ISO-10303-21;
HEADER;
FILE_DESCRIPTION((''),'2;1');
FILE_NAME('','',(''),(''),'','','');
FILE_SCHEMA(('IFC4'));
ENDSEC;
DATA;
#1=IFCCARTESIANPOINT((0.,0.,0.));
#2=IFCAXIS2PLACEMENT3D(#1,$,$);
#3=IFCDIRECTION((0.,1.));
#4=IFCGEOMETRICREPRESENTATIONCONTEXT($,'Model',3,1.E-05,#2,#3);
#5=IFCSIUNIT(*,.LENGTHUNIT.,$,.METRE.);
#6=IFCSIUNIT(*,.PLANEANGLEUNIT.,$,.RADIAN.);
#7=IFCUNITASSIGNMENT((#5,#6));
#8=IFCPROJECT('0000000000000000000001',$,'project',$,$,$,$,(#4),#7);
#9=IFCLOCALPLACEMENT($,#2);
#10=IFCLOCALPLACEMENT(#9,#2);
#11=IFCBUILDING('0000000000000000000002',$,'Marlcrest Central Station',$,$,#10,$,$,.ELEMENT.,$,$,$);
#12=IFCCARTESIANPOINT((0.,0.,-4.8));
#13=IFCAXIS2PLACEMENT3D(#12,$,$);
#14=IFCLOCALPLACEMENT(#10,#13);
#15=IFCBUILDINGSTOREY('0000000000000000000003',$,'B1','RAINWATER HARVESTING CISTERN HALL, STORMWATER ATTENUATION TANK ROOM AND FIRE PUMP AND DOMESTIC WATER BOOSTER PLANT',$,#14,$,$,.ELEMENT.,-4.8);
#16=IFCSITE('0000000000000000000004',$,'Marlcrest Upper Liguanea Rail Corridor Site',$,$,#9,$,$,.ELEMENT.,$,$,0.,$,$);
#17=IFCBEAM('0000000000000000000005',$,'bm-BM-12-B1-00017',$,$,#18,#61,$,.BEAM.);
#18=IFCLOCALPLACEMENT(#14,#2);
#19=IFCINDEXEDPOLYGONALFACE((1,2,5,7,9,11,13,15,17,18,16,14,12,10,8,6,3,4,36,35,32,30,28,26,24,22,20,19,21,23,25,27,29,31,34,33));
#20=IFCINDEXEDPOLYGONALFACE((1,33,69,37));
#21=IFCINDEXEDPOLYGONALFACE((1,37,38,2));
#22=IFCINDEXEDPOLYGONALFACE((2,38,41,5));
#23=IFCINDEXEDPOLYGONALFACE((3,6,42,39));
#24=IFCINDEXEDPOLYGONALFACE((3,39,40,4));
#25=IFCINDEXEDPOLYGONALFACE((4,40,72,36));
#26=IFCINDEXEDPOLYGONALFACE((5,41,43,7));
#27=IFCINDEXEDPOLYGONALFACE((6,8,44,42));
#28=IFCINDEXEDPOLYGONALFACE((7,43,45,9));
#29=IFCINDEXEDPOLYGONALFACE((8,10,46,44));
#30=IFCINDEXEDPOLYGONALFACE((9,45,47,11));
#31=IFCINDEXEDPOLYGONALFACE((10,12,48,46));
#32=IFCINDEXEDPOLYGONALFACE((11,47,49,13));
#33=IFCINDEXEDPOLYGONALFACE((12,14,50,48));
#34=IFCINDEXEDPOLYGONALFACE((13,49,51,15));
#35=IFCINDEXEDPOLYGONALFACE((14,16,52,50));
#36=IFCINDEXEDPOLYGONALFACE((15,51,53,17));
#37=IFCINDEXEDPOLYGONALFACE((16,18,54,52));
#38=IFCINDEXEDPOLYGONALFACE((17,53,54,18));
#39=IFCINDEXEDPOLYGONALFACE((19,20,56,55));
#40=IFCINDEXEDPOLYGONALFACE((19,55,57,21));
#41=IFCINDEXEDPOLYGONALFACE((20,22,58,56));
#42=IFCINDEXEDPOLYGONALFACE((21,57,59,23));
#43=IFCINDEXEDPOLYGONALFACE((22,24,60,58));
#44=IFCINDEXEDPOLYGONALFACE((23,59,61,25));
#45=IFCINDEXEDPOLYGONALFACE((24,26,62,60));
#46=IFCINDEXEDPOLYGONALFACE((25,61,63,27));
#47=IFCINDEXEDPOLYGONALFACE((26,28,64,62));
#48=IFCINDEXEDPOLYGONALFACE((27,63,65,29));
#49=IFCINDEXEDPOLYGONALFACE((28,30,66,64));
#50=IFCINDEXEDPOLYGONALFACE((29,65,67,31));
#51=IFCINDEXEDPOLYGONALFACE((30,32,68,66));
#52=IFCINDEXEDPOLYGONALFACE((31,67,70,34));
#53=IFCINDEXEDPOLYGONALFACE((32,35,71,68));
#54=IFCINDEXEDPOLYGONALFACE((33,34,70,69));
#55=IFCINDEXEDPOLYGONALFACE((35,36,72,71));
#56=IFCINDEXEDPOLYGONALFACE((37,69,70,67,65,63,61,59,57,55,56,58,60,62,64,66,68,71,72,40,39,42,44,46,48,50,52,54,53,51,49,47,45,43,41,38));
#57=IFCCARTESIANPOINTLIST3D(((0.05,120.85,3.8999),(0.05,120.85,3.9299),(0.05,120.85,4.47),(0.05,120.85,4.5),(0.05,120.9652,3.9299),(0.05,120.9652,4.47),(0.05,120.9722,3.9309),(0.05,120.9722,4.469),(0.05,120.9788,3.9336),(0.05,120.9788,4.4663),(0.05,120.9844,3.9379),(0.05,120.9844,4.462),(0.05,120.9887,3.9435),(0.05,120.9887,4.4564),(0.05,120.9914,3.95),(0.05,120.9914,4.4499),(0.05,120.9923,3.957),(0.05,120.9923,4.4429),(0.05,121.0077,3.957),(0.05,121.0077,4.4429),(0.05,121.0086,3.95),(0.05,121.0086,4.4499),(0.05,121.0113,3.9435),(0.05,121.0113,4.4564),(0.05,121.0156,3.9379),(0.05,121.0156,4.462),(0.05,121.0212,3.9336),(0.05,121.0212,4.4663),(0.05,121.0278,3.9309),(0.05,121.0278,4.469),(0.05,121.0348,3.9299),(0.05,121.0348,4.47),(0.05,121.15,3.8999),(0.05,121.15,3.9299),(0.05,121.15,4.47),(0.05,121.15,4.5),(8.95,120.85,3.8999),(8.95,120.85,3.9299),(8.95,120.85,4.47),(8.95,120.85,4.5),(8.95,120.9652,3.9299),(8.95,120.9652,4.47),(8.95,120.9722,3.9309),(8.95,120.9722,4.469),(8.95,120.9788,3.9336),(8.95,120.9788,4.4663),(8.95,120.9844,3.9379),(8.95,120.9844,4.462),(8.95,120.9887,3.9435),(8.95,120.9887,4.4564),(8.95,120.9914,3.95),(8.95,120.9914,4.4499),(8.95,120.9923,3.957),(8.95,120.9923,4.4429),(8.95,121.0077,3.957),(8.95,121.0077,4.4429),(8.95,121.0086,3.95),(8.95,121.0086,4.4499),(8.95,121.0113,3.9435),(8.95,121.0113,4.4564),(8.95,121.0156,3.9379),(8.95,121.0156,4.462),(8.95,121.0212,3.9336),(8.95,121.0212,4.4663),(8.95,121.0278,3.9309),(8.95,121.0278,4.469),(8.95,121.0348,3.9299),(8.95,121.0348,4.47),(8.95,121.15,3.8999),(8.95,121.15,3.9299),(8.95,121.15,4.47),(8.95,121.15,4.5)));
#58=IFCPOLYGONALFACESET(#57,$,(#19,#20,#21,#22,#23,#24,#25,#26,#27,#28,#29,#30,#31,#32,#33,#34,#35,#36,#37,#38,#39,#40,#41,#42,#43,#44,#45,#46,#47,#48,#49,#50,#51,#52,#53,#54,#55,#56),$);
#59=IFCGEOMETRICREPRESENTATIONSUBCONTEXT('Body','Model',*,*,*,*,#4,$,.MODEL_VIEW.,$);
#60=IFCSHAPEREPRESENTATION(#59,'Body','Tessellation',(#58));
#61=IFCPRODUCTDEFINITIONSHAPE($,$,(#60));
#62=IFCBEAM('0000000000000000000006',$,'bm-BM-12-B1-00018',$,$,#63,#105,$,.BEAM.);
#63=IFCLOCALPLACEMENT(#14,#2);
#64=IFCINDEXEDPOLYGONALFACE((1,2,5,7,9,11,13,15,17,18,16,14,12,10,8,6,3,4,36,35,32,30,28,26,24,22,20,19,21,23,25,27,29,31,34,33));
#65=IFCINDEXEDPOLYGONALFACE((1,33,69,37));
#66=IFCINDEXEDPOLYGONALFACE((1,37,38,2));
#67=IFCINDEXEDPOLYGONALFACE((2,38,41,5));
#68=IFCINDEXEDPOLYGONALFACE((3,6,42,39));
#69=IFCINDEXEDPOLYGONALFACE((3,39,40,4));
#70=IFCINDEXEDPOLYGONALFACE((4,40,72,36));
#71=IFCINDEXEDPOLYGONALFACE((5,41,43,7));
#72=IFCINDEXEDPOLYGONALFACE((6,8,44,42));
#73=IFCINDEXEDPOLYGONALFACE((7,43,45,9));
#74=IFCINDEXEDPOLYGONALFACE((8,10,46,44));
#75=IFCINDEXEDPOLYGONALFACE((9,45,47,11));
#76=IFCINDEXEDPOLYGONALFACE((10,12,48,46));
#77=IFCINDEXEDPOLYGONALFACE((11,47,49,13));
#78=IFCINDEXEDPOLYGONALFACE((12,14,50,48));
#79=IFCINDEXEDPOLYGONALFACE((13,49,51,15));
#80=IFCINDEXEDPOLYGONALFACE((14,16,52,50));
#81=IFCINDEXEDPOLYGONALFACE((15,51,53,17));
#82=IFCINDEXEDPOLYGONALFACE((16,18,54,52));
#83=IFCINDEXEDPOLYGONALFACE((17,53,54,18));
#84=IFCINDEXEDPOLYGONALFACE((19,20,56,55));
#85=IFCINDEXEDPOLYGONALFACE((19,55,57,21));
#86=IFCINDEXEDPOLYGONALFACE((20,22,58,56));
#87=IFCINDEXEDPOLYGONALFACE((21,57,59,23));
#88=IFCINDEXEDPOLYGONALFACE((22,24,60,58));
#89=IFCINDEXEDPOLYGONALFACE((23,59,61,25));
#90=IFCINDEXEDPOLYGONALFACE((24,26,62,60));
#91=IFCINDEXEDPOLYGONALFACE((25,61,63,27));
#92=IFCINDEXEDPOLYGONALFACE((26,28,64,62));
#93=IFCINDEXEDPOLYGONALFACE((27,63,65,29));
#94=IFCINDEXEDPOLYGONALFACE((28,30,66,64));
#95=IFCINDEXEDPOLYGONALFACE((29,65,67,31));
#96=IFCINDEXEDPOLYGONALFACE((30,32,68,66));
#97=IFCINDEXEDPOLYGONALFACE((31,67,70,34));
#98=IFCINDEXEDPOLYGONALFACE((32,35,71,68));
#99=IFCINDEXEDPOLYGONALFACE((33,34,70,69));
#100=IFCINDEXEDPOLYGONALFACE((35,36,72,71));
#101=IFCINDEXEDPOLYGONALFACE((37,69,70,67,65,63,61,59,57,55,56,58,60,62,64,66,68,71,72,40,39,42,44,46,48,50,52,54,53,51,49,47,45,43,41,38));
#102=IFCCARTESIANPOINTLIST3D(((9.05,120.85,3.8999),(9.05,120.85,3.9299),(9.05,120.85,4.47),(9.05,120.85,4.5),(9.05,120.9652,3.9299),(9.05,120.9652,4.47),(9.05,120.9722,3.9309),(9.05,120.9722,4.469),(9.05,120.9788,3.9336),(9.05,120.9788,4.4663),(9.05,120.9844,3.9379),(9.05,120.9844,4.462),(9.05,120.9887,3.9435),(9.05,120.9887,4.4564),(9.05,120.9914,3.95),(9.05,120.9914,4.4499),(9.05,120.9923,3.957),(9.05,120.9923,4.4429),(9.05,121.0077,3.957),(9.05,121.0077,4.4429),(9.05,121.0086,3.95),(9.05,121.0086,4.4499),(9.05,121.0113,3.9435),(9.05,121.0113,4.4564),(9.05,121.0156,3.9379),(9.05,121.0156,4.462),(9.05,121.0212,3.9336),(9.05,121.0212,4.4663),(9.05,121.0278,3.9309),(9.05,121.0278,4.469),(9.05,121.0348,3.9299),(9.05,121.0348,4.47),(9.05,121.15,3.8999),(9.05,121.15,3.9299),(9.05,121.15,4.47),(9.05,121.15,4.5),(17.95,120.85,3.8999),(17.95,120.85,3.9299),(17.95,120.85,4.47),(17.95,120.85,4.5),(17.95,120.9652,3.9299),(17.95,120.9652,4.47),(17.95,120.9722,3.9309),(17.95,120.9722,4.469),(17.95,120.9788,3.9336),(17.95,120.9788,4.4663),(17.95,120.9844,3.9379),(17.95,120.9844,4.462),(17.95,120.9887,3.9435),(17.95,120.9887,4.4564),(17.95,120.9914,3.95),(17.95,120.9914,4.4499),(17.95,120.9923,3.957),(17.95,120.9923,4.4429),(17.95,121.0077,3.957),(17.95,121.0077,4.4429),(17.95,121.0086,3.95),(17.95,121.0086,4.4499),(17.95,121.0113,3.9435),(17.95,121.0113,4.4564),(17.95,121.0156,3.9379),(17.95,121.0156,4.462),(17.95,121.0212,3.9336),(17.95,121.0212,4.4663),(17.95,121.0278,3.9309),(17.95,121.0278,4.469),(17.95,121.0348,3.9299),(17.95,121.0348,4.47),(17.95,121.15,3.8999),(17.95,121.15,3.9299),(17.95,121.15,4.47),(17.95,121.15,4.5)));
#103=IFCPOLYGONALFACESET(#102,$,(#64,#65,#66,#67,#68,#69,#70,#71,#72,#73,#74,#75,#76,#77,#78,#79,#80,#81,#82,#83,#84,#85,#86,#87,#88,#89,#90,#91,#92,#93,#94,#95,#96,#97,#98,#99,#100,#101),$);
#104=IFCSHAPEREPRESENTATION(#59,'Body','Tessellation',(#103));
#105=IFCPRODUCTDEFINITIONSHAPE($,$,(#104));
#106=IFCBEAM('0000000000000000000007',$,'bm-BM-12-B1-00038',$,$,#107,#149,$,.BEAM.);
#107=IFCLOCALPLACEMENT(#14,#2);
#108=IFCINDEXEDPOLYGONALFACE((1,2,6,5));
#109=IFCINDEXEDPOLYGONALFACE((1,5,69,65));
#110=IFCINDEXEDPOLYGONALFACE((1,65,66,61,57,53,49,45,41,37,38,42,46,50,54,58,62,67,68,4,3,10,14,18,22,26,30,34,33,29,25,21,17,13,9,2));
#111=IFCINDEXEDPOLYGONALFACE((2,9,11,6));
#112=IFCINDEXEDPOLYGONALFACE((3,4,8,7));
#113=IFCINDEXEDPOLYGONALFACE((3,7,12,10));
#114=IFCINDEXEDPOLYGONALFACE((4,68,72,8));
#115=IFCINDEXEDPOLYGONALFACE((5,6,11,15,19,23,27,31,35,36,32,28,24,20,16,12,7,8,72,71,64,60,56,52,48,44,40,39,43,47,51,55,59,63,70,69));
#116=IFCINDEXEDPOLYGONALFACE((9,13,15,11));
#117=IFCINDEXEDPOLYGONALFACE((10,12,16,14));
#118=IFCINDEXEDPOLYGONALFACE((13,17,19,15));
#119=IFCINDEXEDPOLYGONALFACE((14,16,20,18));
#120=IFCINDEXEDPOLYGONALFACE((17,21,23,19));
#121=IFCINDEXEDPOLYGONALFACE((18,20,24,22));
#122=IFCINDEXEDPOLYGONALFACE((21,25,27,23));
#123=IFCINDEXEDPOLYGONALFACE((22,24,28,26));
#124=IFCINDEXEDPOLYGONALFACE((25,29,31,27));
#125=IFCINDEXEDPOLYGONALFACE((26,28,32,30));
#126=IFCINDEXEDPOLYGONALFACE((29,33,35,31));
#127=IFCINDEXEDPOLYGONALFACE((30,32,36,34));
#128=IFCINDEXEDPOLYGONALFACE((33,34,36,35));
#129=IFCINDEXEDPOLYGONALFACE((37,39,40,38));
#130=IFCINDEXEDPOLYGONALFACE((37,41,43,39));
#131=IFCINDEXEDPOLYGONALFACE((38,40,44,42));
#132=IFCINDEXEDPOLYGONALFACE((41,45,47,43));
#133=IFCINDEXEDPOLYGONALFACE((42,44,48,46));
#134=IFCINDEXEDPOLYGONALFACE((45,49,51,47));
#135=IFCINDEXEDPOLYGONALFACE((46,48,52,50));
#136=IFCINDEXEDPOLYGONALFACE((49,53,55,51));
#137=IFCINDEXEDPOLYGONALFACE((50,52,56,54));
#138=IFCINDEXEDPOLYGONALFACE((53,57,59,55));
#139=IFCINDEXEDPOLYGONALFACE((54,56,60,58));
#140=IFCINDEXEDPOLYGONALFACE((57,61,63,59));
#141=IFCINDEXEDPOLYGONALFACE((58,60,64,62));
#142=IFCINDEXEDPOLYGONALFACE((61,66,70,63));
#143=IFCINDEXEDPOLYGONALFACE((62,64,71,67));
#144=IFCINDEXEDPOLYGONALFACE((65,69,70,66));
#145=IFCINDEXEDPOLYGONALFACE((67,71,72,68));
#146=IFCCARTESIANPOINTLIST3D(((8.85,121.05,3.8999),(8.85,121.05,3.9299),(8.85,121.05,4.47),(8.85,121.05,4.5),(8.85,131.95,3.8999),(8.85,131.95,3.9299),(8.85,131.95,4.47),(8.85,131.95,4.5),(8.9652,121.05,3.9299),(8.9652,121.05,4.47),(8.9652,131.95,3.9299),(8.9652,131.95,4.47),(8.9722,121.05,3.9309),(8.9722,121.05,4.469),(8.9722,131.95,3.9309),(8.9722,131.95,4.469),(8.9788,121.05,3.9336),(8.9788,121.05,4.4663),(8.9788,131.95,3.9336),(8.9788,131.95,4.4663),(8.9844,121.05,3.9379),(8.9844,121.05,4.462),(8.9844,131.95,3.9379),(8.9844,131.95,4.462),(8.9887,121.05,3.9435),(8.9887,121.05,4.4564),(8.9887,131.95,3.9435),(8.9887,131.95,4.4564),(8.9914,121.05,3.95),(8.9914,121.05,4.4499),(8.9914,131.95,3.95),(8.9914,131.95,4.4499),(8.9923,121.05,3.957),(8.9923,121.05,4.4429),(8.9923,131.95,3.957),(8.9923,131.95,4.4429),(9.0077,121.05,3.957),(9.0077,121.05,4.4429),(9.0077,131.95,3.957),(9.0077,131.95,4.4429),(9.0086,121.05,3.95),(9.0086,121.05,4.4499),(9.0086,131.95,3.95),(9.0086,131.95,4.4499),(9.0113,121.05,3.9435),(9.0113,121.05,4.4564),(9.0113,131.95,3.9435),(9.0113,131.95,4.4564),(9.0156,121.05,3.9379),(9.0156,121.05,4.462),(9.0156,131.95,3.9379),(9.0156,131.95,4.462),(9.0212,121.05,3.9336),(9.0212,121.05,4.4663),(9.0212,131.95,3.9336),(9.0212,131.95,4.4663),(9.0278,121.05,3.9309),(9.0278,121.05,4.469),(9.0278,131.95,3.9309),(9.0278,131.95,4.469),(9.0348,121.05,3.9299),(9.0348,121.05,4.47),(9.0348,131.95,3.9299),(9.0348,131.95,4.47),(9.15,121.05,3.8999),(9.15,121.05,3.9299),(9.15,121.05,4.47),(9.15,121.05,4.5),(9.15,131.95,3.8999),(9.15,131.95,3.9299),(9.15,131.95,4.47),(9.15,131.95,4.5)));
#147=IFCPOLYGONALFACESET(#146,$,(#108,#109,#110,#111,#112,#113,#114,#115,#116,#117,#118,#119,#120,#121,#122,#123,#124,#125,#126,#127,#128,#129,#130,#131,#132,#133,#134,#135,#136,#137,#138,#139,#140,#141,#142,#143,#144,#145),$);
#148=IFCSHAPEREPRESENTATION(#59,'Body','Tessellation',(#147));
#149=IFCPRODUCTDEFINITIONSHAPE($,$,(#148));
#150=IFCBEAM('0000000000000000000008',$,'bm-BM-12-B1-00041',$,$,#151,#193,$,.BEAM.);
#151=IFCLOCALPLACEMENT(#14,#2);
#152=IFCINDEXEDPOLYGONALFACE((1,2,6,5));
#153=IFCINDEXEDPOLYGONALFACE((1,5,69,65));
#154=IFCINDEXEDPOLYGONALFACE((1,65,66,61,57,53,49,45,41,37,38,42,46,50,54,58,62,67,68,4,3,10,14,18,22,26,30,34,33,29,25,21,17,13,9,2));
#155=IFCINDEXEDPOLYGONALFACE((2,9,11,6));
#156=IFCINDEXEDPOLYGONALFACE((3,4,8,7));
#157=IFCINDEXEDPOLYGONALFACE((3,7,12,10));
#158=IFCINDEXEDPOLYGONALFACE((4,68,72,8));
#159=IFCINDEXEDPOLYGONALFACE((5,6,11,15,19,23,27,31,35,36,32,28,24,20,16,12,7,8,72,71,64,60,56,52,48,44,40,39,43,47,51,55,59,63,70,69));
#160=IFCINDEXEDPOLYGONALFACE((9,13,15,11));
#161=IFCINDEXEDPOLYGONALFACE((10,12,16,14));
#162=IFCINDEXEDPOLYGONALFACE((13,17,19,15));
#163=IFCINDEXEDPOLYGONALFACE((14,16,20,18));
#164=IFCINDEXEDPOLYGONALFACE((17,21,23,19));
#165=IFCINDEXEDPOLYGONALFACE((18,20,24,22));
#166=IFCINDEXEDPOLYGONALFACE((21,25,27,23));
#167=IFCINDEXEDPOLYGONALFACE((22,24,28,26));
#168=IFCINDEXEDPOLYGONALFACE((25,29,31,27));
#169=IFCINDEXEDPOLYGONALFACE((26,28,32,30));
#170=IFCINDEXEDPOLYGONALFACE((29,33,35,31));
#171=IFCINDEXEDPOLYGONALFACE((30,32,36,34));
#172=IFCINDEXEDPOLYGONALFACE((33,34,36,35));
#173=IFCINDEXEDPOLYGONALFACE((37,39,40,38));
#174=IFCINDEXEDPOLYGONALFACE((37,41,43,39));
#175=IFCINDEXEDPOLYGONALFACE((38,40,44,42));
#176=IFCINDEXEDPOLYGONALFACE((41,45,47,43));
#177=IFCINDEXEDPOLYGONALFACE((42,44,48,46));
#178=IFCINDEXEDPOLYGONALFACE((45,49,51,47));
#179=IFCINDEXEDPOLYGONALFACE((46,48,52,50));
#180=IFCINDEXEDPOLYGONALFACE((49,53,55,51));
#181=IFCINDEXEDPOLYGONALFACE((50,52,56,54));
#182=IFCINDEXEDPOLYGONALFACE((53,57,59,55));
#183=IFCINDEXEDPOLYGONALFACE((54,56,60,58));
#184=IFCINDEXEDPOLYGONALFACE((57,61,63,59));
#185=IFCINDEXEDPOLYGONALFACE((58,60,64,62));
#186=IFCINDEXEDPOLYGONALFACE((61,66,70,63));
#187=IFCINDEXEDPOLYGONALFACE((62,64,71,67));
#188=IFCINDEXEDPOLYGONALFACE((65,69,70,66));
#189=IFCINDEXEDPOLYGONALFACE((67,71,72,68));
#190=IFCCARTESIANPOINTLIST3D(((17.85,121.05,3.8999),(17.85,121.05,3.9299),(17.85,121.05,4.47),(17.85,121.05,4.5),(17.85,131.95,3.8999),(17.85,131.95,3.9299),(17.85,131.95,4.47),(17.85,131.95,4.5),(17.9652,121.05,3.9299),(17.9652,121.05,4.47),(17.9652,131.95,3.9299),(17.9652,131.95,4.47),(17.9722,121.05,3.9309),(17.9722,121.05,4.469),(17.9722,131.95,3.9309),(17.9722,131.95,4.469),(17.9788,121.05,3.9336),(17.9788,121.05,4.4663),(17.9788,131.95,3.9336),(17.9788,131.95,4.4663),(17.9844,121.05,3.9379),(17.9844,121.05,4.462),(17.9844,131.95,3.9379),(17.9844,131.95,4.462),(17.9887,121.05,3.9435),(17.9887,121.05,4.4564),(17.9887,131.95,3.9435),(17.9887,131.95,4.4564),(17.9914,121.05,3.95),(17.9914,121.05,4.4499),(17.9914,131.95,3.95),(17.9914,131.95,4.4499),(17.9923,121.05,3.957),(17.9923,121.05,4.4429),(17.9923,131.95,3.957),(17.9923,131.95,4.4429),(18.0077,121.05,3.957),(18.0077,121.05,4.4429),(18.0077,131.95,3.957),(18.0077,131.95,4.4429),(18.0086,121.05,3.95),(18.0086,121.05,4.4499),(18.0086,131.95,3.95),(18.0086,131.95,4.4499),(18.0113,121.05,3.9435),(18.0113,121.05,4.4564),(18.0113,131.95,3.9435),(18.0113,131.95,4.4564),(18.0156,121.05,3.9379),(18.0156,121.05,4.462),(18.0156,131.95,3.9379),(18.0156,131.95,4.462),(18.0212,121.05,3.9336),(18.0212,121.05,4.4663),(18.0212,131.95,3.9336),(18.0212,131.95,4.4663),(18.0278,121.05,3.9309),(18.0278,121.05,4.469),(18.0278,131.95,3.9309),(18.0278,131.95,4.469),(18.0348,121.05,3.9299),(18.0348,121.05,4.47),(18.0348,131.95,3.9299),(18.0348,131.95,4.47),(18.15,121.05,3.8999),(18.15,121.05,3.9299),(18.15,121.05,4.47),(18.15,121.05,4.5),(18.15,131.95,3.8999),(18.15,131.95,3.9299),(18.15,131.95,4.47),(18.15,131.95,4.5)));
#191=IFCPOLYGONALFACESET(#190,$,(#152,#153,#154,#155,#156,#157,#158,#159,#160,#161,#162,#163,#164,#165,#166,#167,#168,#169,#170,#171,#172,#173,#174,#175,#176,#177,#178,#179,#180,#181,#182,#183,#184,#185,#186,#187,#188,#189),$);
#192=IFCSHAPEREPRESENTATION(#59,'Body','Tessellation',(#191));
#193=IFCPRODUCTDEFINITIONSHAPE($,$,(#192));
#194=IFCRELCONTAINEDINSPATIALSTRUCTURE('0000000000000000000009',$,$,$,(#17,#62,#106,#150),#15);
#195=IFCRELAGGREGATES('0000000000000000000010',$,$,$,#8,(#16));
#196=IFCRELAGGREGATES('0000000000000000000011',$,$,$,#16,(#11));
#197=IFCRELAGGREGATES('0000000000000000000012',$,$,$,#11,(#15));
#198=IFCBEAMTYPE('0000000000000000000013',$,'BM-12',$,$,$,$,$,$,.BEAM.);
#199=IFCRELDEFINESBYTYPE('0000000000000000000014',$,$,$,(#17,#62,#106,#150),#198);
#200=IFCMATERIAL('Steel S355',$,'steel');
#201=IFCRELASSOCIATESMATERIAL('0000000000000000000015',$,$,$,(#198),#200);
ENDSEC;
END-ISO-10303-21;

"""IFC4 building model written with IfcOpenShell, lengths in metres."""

from ifc_helpers import new_model, si_unit, direction, frame, origin, origin_2d, place, context, subcontext, project, spatial, i_section, extrude, material, material_profile, profile_set, type_object, element, save


model = new_model("IFC4")

# Units and contexts
model_context = context("Model", 3, precision=1e-05, world=origin(), true_north=direction((0.0, 1.0)))
body_context = subcontext(model_context, "Body", "Model", "MODEL_VIEW")
ifc_project = project(units=[si_unit("LENGTHUNIT", "METRE"), si_unit("PLANEANGLEUNIT", "RADIAN")], contexts=[model_context])

# Site, building, storey
site_placement = place(None, origin())
site = spatial("IfcSite", under=ifc_project, at=site_placement, Name="Marlcrest Upper Liguanea Rail Corridor Site", CompositionType="ELEMENT", RefElevation=0.0)
building_placement = place(site_placement, origin())
building = spatial("IfcBuilding", under=site, at=building_placement, Name="Marlcrest Central Station", CompositionType="ELEMENT")
storey_placement = place(building_placement, frame((0.0, 0.0, -4.8)))
storey = spatial("IfcBuildingStorey", under=building, at=storey_placement, Name="B1", Description="RAINWATER HARVESTING CISTERN HALL, STORMWATER ATTENUATION TANK ROOM AND FIRE PUMP AND DOMESTIC WATER BOOSTER PLANT", CompositionType="ELEMENT", Elevation=-4.8)

# Shared definitions
ifc_material_1 = material(Name="Steel S355", Category="steel")

# Beams
ifc_material_profile_1 = material_profile(ifc_material_1, i_section(OverallWidth=0.3, OverallDepth=0.6001, WebThickness=0.0154, FlangeThickness=0.03, FilletRadius=0.0271, at=origin_2d()), Name="HEB 600")
ifc_profile_set_1 = profile_set([ifc_material_profile_1], Name="Steel S355")
beam_type_1 = type_object("IfcBeamType", Name="BM-12", PredefinedType="BEAM", material=ifc_profile_set_1)
for number, where, z_axis, x_axis, name in (
    (1, (0.05, 121.0, 4.2), (1.0, 0.0, 0.0), (0.0, 1.0, 0.0), "bm-BM-12-B1-00017"),
    (2, (9.05, 121.0, 4.2), (1.0, 0.0, 0.0), (0.0, 1.0, 0.0), "bm-BM-12-B1-00018"),
):
    element("IfcBeam", number, at=place(storey_placement, frame(where, z_axis=z_axis, x_axis=x_axis)), inside=storey, type_object=beam_type_1, Name=name, PredefinedType="BEAM", context=body_context, shape_type="SweptSolid", body=[
        extrude(i_section(OverallWidth=0.3, OverallDepth=0.6001, WebThickness=0.0154, FlangeThickness=0.03, FilletRadius=0.0271, at=origin_2d()), origin(), (0.0, 0.0, 1.0), 8.8999),
    ])
for number, where, z_axis, x_axis, name in (
    (3, (9.0, 121.05, 4.2), (0.0, 1.0, 0.0), (-1.0, 0.0, 0.0), "bm-BM-12-B1-00038"),
    (4, (18.0, 121.05, 4.2), (0.0, 1.0, 0.0), (-1.0, 0.0, 0.0), "bm-BM-12-B1-00041"),
):
    element("IfcBeam", number, at=place(storey_placement, frame(where, z_axis=z_axis, x_axis=x_axis)), inside=storey, type_object=beam_type_1, Name=name, PredefinedType="BEAM", context=body_context, shape_type="SweptSolid", body=[
        extrude(i_section(OverallWidth=0.3, OverallDepth=0.6001, WebThickness=0.0154, FlangeThickness=0.03, FilletRadius=0.0271, at=origin_2d()), origin(), (0.0, 0.0, 1.0), 10.8999),
    ])

save(model, "model.ifc")
